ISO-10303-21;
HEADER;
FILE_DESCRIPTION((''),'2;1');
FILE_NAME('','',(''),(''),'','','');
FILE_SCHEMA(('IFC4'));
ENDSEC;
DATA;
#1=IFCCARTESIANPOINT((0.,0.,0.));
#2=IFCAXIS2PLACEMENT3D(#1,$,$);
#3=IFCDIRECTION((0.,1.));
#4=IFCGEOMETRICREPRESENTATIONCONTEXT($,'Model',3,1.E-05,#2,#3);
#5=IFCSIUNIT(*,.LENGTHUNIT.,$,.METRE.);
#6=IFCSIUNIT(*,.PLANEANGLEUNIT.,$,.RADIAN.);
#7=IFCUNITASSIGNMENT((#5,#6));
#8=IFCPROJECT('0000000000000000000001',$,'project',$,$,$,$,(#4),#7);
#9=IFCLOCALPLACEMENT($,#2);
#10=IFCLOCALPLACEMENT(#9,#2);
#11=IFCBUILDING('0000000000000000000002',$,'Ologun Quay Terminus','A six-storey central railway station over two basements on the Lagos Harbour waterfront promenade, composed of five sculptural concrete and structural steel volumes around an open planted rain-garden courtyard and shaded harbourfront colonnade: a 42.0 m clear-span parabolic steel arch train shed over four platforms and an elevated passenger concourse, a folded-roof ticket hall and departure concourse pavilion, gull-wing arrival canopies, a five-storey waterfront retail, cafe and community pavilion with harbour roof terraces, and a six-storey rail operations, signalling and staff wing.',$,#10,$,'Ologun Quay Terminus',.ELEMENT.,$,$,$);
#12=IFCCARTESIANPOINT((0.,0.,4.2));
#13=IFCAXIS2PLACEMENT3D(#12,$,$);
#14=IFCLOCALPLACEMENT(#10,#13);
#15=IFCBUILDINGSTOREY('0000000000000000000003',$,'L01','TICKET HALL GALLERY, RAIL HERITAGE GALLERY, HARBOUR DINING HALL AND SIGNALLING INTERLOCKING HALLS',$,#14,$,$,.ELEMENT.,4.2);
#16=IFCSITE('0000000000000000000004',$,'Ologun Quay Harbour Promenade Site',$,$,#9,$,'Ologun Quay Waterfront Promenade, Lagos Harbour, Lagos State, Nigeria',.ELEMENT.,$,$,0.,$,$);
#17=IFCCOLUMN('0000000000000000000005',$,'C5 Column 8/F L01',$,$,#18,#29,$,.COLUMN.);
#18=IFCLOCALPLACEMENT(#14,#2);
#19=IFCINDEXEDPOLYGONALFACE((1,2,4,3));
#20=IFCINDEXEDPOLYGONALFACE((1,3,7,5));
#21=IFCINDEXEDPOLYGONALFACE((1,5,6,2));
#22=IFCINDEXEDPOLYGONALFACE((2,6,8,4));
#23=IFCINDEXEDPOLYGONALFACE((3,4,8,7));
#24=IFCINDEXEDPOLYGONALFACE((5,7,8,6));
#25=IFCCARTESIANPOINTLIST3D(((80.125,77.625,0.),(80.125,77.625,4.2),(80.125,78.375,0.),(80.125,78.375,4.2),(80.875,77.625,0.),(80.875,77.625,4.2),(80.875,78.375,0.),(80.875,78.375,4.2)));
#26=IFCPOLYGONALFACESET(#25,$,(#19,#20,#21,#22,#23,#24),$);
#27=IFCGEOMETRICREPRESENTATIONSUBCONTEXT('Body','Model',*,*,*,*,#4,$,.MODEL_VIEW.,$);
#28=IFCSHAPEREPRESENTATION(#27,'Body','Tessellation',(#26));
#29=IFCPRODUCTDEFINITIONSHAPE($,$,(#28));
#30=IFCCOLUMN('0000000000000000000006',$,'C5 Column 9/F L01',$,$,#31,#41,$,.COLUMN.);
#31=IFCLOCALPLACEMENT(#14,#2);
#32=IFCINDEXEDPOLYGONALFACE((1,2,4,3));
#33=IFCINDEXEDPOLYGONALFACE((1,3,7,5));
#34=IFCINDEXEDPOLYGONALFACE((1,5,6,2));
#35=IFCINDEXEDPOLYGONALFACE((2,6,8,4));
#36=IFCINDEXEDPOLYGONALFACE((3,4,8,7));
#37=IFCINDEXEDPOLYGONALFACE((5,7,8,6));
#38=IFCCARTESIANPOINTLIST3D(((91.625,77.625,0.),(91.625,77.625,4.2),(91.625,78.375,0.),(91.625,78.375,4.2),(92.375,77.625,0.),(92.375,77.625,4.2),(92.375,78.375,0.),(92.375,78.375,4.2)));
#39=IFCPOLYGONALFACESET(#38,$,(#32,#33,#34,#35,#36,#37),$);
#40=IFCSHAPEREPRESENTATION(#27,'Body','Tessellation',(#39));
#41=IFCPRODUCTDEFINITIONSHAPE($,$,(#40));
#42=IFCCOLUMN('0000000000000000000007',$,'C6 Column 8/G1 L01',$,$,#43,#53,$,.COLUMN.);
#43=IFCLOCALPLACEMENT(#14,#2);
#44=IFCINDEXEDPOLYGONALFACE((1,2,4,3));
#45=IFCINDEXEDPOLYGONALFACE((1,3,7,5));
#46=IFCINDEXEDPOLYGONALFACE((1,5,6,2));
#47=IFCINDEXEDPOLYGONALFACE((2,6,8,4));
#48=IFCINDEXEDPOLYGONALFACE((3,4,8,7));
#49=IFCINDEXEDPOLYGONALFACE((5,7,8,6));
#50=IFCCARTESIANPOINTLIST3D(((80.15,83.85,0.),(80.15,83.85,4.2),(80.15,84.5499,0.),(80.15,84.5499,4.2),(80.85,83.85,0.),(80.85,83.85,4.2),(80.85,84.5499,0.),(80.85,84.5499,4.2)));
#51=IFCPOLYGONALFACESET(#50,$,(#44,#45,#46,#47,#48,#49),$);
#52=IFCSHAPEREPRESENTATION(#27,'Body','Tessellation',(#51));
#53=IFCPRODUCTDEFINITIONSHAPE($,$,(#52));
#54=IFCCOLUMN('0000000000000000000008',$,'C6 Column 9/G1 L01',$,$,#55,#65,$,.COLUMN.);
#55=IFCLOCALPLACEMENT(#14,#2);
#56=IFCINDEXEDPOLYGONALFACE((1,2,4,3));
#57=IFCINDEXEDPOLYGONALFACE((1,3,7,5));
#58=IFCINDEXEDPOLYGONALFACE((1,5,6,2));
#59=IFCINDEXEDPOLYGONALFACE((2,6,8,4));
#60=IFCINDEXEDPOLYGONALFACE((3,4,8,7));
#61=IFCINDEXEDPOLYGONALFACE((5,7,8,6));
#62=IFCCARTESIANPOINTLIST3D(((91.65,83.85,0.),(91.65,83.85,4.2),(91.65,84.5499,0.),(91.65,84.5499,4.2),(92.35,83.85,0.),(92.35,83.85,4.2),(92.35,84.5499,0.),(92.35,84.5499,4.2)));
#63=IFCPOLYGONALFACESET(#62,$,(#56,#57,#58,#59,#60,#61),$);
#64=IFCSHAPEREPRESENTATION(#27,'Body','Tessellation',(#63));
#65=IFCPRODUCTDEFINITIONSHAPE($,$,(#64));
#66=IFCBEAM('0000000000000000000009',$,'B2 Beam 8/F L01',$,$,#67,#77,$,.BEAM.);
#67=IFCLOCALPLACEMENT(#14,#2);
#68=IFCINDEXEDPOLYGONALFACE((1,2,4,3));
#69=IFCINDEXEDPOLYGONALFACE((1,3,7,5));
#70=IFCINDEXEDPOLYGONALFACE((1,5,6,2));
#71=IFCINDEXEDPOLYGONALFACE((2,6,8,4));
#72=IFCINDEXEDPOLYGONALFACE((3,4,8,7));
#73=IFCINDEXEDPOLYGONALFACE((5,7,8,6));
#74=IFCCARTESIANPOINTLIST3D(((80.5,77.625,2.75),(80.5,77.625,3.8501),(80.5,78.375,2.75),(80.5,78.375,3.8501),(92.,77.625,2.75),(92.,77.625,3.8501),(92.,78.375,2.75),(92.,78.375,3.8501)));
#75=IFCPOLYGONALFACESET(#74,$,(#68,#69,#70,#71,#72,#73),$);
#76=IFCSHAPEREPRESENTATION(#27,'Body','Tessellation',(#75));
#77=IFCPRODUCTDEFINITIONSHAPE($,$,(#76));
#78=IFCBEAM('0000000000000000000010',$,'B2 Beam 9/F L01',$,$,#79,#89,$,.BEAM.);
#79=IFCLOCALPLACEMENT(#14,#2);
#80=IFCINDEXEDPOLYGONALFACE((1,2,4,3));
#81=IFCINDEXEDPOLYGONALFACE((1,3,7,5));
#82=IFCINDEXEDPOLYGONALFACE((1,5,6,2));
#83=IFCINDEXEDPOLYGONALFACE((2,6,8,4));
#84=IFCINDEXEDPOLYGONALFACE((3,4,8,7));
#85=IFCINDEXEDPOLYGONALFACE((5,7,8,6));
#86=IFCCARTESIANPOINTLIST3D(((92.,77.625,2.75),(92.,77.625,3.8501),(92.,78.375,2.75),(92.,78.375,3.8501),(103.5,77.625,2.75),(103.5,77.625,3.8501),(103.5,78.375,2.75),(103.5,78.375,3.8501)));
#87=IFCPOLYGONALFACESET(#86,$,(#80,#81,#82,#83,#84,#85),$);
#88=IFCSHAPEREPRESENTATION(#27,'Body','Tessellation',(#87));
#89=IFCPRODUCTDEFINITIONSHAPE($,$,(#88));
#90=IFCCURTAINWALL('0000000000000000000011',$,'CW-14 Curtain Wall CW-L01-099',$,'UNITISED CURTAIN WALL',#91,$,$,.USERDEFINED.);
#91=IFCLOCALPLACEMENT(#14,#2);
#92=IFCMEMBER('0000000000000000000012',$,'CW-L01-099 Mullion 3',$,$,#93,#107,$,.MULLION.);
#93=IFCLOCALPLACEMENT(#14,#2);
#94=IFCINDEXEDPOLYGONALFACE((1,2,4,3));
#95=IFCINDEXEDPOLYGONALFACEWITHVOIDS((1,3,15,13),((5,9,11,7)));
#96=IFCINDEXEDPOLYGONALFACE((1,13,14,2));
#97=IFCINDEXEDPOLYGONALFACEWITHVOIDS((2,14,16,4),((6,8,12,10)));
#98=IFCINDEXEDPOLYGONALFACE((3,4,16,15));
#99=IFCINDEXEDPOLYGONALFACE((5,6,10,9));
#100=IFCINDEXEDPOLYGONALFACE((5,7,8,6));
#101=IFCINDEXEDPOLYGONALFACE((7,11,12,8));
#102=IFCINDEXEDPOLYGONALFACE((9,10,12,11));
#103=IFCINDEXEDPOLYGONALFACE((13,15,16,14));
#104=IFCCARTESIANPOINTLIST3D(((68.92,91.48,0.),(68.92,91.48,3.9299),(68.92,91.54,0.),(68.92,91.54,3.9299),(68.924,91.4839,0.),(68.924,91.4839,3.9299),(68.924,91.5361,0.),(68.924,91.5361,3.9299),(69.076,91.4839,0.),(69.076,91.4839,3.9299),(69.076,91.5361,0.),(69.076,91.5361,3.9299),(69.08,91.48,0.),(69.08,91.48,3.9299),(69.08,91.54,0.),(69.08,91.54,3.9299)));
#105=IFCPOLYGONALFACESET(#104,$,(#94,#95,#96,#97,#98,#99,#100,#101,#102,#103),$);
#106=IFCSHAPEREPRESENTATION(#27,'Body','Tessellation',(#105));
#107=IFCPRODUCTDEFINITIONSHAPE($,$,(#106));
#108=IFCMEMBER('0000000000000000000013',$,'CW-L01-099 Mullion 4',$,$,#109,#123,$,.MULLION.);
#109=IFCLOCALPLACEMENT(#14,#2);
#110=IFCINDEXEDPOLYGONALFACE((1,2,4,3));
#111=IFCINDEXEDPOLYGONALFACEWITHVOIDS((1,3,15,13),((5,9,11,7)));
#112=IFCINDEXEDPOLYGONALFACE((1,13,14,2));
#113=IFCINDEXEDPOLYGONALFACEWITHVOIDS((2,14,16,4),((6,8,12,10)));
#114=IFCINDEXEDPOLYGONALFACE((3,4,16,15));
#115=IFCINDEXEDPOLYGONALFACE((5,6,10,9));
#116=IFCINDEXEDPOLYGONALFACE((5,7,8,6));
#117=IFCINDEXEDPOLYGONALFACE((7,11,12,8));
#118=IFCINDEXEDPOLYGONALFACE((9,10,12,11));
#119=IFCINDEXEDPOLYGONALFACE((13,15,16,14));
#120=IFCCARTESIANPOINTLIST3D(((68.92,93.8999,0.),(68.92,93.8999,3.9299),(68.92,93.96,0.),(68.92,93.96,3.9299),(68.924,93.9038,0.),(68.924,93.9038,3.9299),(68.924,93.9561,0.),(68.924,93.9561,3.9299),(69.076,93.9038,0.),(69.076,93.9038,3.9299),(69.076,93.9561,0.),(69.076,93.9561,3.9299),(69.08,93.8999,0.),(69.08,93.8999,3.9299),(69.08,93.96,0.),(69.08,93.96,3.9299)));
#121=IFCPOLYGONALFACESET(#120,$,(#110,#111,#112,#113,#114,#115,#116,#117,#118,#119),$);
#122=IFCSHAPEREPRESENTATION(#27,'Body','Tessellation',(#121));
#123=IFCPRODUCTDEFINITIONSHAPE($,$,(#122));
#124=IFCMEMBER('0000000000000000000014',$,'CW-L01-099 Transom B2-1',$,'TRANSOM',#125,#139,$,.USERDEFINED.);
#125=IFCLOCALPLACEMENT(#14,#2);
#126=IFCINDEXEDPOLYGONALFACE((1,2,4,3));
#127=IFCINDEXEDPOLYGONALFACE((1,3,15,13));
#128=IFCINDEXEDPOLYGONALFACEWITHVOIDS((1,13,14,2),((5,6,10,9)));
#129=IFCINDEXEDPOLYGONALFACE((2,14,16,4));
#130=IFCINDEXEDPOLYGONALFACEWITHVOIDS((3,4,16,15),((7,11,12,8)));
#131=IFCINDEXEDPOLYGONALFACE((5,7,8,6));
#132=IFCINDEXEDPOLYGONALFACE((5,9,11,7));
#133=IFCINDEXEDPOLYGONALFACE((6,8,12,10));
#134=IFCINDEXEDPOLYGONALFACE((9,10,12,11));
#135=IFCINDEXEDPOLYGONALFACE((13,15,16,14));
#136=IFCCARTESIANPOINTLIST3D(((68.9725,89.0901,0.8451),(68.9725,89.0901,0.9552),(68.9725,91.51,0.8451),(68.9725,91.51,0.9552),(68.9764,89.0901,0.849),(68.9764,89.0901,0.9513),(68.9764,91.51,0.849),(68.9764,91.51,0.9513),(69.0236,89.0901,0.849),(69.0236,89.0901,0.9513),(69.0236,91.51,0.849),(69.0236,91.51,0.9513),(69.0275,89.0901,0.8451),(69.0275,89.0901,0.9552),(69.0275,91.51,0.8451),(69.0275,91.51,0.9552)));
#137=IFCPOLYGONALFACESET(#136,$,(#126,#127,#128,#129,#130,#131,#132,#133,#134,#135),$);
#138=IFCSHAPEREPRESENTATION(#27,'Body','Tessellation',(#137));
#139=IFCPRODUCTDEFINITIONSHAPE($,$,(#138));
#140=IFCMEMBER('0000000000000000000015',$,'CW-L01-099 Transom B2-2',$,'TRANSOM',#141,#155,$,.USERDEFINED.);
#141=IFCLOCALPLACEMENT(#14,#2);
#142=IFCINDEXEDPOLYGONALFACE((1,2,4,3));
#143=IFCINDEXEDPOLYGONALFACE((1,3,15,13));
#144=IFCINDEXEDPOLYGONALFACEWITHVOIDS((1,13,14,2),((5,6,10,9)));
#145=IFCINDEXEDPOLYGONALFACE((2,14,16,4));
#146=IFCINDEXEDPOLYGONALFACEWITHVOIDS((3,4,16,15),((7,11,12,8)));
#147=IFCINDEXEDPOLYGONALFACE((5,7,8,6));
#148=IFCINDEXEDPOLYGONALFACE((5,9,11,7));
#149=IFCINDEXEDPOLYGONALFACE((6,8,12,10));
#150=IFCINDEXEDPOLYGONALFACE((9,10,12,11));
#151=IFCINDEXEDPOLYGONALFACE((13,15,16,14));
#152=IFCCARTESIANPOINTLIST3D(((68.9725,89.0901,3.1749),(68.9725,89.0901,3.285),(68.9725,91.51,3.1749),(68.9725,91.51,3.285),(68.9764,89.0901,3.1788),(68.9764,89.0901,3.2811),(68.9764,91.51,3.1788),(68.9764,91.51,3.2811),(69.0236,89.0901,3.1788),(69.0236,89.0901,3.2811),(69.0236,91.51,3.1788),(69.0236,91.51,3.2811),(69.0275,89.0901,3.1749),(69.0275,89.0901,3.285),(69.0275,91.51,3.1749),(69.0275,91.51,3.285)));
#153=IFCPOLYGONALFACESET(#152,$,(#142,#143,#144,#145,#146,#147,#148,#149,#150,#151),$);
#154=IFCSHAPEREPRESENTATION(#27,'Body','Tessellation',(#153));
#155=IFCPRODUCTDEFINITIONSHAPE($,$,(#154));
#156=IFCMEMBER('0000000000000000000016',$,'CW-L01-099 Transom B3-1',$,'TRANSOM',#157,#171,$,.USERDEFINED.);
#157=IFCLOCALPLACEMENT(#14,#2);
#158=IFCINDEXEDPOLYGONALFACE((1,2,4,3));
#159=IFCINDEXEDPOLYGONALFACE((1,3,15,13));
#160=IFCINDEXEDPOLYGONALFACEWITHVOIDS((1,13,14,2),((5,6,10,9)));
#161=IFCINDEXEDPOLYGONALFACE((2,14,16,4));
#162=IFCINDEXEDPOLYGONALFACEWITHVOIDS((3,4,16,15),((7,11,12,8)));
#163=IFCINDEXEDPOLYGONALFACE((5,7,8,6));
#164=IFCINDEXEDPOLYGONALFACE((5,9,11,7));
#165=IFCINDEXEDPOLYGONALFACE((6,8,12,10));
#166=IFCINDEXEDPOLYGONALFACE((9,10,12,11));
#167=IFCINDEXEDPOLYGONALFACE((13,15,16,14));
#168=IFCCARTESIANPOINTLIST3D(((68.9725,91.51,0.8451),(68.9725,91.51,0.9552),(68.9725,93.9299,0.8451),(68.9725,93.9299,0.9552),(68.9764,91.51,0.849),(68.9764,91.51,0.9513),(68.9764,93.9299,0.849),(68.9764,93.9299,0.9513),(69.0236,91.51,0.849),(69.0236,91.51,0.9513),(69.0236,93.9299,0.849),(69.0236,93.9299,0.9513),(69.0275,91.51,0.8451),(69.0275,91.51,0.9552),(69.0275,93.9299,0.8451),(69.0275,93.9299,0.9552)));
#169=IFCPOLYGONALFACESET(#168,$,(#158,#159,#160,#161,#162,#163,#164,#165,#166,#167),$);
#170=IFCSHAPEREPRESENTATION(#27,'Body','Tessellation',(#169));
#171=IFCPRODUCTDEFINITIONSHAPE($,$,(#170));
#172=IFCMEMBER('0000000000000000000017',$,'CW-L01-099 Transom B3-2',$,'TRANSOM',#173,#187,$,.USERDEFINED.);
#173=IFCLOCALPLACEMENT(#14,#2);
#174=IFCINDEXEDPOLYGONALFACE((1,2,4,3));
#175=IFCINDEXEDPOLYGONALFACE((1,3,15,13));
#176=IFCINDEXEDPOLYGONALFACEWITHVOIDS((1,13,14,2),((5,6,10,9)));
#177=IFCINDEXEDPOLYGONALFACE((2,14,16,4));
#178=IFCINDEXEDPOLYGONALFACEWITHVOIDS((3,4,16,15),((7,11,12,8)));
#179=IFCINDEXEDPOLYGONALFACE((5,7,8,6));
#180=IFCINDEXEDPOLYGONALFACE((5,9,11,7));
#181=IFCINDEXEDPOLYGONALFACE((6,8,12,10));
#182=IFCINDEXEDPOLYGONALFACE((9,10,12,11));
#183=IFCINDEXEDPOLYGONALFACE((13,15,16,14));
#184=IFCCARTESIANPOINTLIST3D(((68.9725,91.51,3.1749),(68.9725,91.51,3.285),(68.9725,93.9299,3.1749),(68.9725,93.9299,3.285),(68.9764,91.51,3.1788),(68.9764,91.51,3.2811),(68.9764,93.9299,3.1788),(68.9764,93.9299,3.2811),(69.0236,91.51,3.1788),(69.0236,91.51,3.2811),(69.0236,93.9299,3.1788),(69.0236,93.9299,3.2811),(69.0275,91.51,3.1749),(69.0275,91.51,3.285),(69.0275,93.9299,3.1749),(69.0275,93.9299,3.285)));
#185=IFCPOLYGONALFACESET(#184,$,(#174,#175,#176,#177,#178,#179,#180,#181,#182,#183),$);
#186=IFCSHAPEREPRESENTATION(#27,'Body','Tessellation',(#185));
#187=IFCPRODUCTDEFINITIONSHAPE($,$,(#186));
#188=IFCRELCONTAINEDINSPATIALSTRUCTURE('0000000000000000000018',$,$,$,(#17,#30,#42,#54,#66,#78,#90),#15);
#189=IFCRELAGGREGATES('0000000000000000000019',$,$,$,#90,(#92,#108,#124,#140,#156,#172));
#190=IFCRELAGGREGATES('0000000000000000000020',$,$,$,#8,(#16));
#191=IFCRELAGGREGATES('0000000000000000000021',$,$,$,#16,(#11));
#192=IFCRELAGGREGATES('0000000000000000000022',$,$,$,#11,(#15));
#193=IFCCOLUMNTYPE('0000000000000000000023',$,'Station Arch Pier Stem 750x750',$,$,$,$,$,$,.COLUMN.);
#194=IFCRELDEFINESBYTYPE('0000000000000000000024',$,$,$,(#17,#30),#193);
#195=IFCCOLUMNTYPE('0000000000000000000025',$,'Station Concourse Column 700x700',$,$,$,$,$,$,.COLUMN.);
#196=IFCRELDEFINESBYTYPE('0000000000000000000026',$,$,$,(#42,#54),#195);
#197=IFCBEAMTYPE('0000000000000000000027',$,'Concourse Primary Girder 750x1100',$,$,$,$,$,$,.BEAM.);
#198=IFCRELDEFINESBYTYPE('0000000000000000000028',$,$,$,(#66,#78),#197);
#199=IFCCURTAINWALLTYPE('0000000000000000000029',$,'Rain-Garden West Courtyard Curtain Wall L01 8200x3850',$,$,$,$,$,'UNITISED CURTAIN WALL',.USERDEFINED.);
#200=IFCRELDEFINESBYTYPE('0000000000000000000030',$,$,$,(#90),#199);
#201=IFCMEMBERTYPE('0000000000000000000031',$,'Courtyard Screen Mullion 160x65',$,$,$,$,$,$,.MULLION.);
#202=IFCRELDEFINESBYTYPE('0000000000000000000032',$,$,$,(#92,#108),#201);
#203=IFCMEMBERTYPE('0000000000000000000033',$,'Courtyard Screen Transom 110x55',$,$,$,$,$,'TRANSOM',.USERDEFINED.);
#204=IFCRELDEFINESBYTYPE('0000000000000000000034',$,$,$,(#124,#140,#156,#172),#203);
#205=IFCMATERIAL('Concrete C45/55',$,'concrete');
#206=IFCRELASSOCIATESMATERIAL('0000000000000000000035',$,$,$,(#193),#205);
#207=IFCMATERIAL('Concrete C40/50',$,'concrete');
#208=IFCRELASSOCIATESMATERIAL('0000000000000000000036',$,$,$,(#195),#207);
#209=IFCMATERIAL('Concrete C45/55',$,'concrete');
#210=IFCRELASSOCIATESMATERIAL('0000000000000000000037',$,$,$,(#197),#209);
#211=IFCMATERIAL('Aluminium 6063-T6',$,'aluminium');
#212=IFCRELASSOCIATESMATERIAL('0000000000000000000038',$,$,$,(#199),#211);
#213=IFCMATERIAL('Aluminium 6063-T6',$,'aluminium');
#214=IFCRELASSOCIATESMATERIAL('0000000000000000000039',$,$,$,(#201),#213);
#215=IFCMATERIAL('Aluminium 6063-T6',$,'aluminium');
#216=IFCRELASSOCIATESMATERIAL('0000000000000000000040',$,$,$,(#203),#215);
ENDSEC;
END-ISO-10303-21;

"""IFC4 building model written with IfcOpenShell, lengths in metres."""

from ifc_helpers import new_model, si_unit, direction, frame, origin, origin_2d, place, context, subcontext, project, spatial, rectangle, hollow_rectangle, extrude, material, material_profile, profile_set, type_object, element, aggregate, save


model = new_model("IFC4")

# Units and contexts
model_context = context("Model", 3, precision=1e-05, world=origin(), true_north=direction((0.0, 1.0)))
body_context = subcontext(model_context, "Body", "Model", "MODEL_VIEW")
ifc_project = project(units=[si_unit("LENGTHUNIT", "METRE"), si_unit("PLANEANGLEUNIT", "RADIAN")], contexts=[model_context])

# Site, building, storey
site_placement = place(None, origin())
site = spatial("IfcSite", under=ifc_project, at=site_placement, Name="Ologun Quay Harbour Promenade Site", LongName="Ologun Quay Waterfront Promenade, Lagos Harbour, Lagos State, Nigeria", CompositionType="ELEMENT", RefElevation=0.0)
building_placement = place(site_placement, origin())
building = spatial("IfcBuilding", under=site, at=building_placement, Name="Ologun Quay Terminus", Description="A six-storey central railway station over two basements on the Lagos Harbour waterfront promenade, composed of five sculptural concrete and structural steel volumes around an open planted rain-garden courtyard and shaded harbourfront colonnade: a 42.0 m clear-span parabolic steel arch train shed over four platforms and an elevated passenger concourse, a folded-roof ticket hall and departure concourse pavilion, gull-wing arrival canopies, a five-storey waterfront retail, cafe and community pavilion with harbour roof terraces, and a six-storey rail operations, signalling and staff wing.", LongName="Ologun Quay Terminus", CompositionType="ELEMENT")
storey_placement = place(building_placement, frame((0.0, 0.0, 4.2)))
storey = spatial("IfcBuildingStorey", under=building, at=storey_placement, Name="L01", Description="TICKET HALL GALLERY, RAIL HERITAGE GALLERY, HARBOUR DINING HALL AND SIGNALLING INTERLOCKING HALLS", CompositionType="ELEMENT", Elevation=4.2)

# Columns
ifc_material_1 = material(Name="Concrete C45/55", Category="concrete")
ifc_material_profile_1 = material_profile(ifc_material_1, rectangle(XDim=0.75, YDim=0.75, at=origin_2d()), Name="RC 750x750")
ifc_profile_set_1 = profile_set([ifc_material_profile_1], Name="Concrete C45/55")
column_type_1 = type_object("IfcColumnType", Name="Station Arch Pier Stem 750x750", PredefinedType="COLUMN", material=ifc_profile_set_1)
for number, where, z_axis, x_axis, name in (
    (1, (80.5, 78.0, 0.0), (0.0, 0.0, 1.0), (1.0, 0.0, 0.0), "C5 Column 8/F L01"),
    (2, (92.0, 78.0, 0.0), (0.0, 0.0, 1.0), (1.0, 0.0, 0.0), "C5 Column 9/F L01"),
):
    element("IfcColumn", number, at=place(storey_placement, frame(where, z_axis=z_axis, x_axis=x_axis)), inside=storey, type_object=column_type_1, Name=name, PredefinedType="COLUMN", context=body_context, shape_type="SweptSolid", body=[
        extrude(rectangle(XDim=0.75, YDim=0.75, at=origin_2d()), origin(), (0.0, 0.0, 1.0), 4.2),
    ])
ifc_material_2 = material(Name="Concrete C40/50", Category="concrete")
ifc_material_profile_2 = material_profile(ifc_material_2, rectangle(XDim=0.7, YDim=0.7, at=origin_2d()), Name="RC 700x700")
ifc_profile_set_2 = profile_set([ifc_material_profile_2], Name="Concrete C40/50")
column_type_2 = type_object("IfcColumnType", Name="Station Concourse Column 700x700", PredefinedType="COLUMN", material=ifc_profile_set_2)
for number, where, z_axis, x_axis, name in (
    (3, (80.5, 84.2, 0.0), (0.0, 0.0, 1.0), (1.0, 0.0, 0.0), "C6 Column 8/G1 L01"),
    (4, (92.0, 84.2, 0.0), (0.0, 0.0, 1.0), (1.0, 0.0, 0.0), "C6 Column 9/G1 L01"),
):
    element("IfcColumn", number, at=place(storey_placement, frame(where, z_axis=z_axis, x_axis=x_axis)), inside=storey, type_object=column_type_2, Name=name, PredefinedType="COLUMN", context=body_context, shape_type="SweptSolid", body=[
        extrude(rectangle(XDim=0.7, YDim=0.7, at=origin_2d()), origin(), (0.0, 0.0, 1.0), 4.2),
    ])

# Beams
ifc_material_3 = material(Name="Concrete C45/55", Category="concrete")
ifc_material_profile_3 = material_profile(ifc_material_3, rectangle(XDim=0.75, YDim=1.1001, at=origin_2d()), Name="RC 750x1100")
ifc_profile_set_3 = profile_set([ifc_material_profile_3], Name="Concrete C45/55")
beam_type_1 = type_object("IfcBeamType", Name="Concourse Primary Girder 750x1100", PredefinedType="BEAM", material=ifc_profile_set_3)
for number, where, z_axis, x_axis, name in (
    (5, (80.5, 78.0, 3.3), (1.0, 0.0, 0.0), (0.0, 1.0, 0.0), "B2 Beam 8/F L01"),
    (6, (92.0, 78.0, 3.3), (1.0, 0.0, 0.0), (0.0, 1.0, 0.0), "B2 Beam 9/F L01"),
):
    element("IfcBeam", number, at=place(storey_placement, frame(where, z_axis=z_axis, x_axis=x_axis)), inside=storey, type_object=beam_type_1, Name=name, PredefinedType="BEAM", context=body_context, shape_type="SweptSolid", body=[
        extrude(rectangle(XDim=0.75, YDim=1.1001, at=origin_2d()), origin(), (0.0, 0.0, 1.0), 11.5),
    ])

# Curtain wall, members
ifc_material_4 = material(Name="Aluminium 6063-T6", Category="aluminium")
curtain_wall_type = type_object("IfcCurtainWallType", Name="Rain-Garden West Courtyard Curtain Wall L01 8200x3850", ElementType="UNITISED CURTAIN WALL", PredefinedType="USERDEFINED", material=ifc_material_4)
curtain_wall_placement = place(storey_placement, origin())
curtain_wall = element("IfcCurtainWall", 7, at=curtain_wall_placement, inside=storey, type_object=curtain_wall_type, Name="CW-14 Curtain Wall CW-L01-099", ObjectType="UNITISED CURTAIN WALL", PredefinedType="USERDEFINED")
ifc_material_5 = material(Name="Aluminium 6063-T6", Category="aluminium")
ifc_material_profile_4 = material_profile(ifc_material_5, hollow_rectangle(XDim=0.0601, YDim=0.1599, WallThickness=0.0039, at=origin_2d()), Name="ALU 160x60x4")
ifc_profile_set_4 = profile_set([ifc_material_profile_4], Name="Aluminium 6063-T6")
member_type_1 = type_object("IfcMemberType", Name="Courtyard Screen Mullion 160x65", PredefinedType="MULLION", material=ifc_profile_set_4)
member_1_placement = place(storey_placement, frame((69.0, 91.51, 0.0), z_axis=(0.0, 0.0, 1.0), x_axis=(0.0, 1.0, 0.0)))
member_1 = element("IfcMember", 8, at=member_1_placement, type_object=member_type_1, Name="CW-L01-099 Mullion 3", PredefinedType="MULLION", context=body_context, shape_type="SweptSolid", body=[
    extrude(hollow_rectangle(XDim=0.0601, YDim=0.1599, WallThickness=0.0039, at=origin_2d()), origin(), (0.0, 0.0, 1.0), 3.9299),
])
member_2_placement = place(storey_placement, frame((69.0, 93.9299, 0.0), z_axis=(0.0, 0.0, 1.0), x_axis=(0.0, 1.0, 0.0)))
member_2 = element("IfcMember", 9, at=member_2_placement, type_object=member_type_1, Name="CW-L01-099 Mullion 4", PredefinedType="MULLION", context=body_context, shape_type="SweptSolid", body=[
    extrude(hollow_rectangle(XDim=0.0601, YDim=0.1599, WallThickness=0.0039, at=origin_2d()), origin(), (0.0, 0.0, 1.0), 3.9299),
])
ifc_material_6 = material(Name="Aluminium 6063-T6", Category="aluminium")
ifc_material_profile_5 = material_profile(ifc_material_6, hollow_rectangle(XDim=0.0549, YDim=0.1101, WallThickness=0.0039, at=origin_2d()), Name="ALU 110x55x4")
ifc_profile_set_5 = profile_set([ifc_material_profile_5], Name="Aluminium 6063-T6")
member_type_2 = type_object("IfcMemberType", Name="Courtyard Screen Transom 110x55", ElementType="TRANSOM", PredefinedType="USERDEFINED", material=ifc_profile_set_5)
member_3_placement = place(storey_placement, frame((69.0, 89.0901, 0.9001), z_axis=(0.0, 1.0, 0.0), x_axis=(-1.0, 0.0, 0.0)))
member_3 = element("IfcMember", 10, at=member_3_placement, type_object=member_type_2, Name="CW-L01-099 Transom B2-1", ObjectType="TRANSOM", PredefinedType="USERDEFINED", context=body_context, shape_type="SweptSolid", body=[
    extrude(hollow_rectangle(XDim=0.0549, YDim=0.1101, WallThickness=0.0039, at=origin_2d()), origin(), (0.0, 0.0, 1.0), 2.4199),
])
member_4_placement = place(storey_placement, frame((69.0, 89.0901, 3.23), z_axis=(0.0, 1.0, 0.0), x_axis=(-1.0, 0.0, 0.0)))
member_4 = element("IfcMember", 11, at=member_4_placement, type_object=member_type_2, Name="CW-L01-099 Transom B2-2", ObjectType="TRANSOM", PredefinedType="USERDEFINED", context=body_context, shape_type="SweptSolid", body=[
    extrude(hollow_rectangle(XDim=0.0549, YDim=0.1101, WallThickness=0.0039, at=origin_2d()), origin(), (0.0, 0.0, 1.0), 2.4199),
])
member_5_placement = place(storey_placement, frame((69.0, 91.51, 0.9001), z_axis=(0.0, 1.0, 0.0), x_axis=(-1.0, 0.0, 0.0)))
member_5 = element("IfcMember", 12, at=member_5_placement, type_object=member_type_2, Name="CW-L01-099 Transom B3-1", ObjectType="TRANSOM", PredefinedType="USERDEFINED", context=body_context, shape_type="SweptSolid", body=[
    extrude(hollow_rectangle(XDim=0.0549, YDim=0.1101, WallThickness=0.0039, at=origin_2d()), origin(), (0.0, 0.0, 1.0), 2.4199),
])
member_6_placement = place(storey_placement, frame((69.0, 91.51, 3.23), z_axis=(0.0, 1.0, 0.0), x_axis=(-1.0, 0.0, 0.0)))
member_6 = element("IfcMember", 13, at=member_6_placement, type_object=member_type_2, Name="CW-L01-099 Transom B3-2", ObjectType="TRANSOM", PredefinedType="USERDEFINED", context=body_context, shape_type="SweptSolid", body=[
    extrude(hollow_rectangle(XDim=0.0549, YDim=0.1101, WallThickness=0.0039, at=origin_2d()), origin(), (0.0, 0.0, 1.0), 2.4199),
])

aggregate(curtain_wall, [member_1, member_2, member_3, member_4, member_5, member_6])

save(model, "model.ifc")
